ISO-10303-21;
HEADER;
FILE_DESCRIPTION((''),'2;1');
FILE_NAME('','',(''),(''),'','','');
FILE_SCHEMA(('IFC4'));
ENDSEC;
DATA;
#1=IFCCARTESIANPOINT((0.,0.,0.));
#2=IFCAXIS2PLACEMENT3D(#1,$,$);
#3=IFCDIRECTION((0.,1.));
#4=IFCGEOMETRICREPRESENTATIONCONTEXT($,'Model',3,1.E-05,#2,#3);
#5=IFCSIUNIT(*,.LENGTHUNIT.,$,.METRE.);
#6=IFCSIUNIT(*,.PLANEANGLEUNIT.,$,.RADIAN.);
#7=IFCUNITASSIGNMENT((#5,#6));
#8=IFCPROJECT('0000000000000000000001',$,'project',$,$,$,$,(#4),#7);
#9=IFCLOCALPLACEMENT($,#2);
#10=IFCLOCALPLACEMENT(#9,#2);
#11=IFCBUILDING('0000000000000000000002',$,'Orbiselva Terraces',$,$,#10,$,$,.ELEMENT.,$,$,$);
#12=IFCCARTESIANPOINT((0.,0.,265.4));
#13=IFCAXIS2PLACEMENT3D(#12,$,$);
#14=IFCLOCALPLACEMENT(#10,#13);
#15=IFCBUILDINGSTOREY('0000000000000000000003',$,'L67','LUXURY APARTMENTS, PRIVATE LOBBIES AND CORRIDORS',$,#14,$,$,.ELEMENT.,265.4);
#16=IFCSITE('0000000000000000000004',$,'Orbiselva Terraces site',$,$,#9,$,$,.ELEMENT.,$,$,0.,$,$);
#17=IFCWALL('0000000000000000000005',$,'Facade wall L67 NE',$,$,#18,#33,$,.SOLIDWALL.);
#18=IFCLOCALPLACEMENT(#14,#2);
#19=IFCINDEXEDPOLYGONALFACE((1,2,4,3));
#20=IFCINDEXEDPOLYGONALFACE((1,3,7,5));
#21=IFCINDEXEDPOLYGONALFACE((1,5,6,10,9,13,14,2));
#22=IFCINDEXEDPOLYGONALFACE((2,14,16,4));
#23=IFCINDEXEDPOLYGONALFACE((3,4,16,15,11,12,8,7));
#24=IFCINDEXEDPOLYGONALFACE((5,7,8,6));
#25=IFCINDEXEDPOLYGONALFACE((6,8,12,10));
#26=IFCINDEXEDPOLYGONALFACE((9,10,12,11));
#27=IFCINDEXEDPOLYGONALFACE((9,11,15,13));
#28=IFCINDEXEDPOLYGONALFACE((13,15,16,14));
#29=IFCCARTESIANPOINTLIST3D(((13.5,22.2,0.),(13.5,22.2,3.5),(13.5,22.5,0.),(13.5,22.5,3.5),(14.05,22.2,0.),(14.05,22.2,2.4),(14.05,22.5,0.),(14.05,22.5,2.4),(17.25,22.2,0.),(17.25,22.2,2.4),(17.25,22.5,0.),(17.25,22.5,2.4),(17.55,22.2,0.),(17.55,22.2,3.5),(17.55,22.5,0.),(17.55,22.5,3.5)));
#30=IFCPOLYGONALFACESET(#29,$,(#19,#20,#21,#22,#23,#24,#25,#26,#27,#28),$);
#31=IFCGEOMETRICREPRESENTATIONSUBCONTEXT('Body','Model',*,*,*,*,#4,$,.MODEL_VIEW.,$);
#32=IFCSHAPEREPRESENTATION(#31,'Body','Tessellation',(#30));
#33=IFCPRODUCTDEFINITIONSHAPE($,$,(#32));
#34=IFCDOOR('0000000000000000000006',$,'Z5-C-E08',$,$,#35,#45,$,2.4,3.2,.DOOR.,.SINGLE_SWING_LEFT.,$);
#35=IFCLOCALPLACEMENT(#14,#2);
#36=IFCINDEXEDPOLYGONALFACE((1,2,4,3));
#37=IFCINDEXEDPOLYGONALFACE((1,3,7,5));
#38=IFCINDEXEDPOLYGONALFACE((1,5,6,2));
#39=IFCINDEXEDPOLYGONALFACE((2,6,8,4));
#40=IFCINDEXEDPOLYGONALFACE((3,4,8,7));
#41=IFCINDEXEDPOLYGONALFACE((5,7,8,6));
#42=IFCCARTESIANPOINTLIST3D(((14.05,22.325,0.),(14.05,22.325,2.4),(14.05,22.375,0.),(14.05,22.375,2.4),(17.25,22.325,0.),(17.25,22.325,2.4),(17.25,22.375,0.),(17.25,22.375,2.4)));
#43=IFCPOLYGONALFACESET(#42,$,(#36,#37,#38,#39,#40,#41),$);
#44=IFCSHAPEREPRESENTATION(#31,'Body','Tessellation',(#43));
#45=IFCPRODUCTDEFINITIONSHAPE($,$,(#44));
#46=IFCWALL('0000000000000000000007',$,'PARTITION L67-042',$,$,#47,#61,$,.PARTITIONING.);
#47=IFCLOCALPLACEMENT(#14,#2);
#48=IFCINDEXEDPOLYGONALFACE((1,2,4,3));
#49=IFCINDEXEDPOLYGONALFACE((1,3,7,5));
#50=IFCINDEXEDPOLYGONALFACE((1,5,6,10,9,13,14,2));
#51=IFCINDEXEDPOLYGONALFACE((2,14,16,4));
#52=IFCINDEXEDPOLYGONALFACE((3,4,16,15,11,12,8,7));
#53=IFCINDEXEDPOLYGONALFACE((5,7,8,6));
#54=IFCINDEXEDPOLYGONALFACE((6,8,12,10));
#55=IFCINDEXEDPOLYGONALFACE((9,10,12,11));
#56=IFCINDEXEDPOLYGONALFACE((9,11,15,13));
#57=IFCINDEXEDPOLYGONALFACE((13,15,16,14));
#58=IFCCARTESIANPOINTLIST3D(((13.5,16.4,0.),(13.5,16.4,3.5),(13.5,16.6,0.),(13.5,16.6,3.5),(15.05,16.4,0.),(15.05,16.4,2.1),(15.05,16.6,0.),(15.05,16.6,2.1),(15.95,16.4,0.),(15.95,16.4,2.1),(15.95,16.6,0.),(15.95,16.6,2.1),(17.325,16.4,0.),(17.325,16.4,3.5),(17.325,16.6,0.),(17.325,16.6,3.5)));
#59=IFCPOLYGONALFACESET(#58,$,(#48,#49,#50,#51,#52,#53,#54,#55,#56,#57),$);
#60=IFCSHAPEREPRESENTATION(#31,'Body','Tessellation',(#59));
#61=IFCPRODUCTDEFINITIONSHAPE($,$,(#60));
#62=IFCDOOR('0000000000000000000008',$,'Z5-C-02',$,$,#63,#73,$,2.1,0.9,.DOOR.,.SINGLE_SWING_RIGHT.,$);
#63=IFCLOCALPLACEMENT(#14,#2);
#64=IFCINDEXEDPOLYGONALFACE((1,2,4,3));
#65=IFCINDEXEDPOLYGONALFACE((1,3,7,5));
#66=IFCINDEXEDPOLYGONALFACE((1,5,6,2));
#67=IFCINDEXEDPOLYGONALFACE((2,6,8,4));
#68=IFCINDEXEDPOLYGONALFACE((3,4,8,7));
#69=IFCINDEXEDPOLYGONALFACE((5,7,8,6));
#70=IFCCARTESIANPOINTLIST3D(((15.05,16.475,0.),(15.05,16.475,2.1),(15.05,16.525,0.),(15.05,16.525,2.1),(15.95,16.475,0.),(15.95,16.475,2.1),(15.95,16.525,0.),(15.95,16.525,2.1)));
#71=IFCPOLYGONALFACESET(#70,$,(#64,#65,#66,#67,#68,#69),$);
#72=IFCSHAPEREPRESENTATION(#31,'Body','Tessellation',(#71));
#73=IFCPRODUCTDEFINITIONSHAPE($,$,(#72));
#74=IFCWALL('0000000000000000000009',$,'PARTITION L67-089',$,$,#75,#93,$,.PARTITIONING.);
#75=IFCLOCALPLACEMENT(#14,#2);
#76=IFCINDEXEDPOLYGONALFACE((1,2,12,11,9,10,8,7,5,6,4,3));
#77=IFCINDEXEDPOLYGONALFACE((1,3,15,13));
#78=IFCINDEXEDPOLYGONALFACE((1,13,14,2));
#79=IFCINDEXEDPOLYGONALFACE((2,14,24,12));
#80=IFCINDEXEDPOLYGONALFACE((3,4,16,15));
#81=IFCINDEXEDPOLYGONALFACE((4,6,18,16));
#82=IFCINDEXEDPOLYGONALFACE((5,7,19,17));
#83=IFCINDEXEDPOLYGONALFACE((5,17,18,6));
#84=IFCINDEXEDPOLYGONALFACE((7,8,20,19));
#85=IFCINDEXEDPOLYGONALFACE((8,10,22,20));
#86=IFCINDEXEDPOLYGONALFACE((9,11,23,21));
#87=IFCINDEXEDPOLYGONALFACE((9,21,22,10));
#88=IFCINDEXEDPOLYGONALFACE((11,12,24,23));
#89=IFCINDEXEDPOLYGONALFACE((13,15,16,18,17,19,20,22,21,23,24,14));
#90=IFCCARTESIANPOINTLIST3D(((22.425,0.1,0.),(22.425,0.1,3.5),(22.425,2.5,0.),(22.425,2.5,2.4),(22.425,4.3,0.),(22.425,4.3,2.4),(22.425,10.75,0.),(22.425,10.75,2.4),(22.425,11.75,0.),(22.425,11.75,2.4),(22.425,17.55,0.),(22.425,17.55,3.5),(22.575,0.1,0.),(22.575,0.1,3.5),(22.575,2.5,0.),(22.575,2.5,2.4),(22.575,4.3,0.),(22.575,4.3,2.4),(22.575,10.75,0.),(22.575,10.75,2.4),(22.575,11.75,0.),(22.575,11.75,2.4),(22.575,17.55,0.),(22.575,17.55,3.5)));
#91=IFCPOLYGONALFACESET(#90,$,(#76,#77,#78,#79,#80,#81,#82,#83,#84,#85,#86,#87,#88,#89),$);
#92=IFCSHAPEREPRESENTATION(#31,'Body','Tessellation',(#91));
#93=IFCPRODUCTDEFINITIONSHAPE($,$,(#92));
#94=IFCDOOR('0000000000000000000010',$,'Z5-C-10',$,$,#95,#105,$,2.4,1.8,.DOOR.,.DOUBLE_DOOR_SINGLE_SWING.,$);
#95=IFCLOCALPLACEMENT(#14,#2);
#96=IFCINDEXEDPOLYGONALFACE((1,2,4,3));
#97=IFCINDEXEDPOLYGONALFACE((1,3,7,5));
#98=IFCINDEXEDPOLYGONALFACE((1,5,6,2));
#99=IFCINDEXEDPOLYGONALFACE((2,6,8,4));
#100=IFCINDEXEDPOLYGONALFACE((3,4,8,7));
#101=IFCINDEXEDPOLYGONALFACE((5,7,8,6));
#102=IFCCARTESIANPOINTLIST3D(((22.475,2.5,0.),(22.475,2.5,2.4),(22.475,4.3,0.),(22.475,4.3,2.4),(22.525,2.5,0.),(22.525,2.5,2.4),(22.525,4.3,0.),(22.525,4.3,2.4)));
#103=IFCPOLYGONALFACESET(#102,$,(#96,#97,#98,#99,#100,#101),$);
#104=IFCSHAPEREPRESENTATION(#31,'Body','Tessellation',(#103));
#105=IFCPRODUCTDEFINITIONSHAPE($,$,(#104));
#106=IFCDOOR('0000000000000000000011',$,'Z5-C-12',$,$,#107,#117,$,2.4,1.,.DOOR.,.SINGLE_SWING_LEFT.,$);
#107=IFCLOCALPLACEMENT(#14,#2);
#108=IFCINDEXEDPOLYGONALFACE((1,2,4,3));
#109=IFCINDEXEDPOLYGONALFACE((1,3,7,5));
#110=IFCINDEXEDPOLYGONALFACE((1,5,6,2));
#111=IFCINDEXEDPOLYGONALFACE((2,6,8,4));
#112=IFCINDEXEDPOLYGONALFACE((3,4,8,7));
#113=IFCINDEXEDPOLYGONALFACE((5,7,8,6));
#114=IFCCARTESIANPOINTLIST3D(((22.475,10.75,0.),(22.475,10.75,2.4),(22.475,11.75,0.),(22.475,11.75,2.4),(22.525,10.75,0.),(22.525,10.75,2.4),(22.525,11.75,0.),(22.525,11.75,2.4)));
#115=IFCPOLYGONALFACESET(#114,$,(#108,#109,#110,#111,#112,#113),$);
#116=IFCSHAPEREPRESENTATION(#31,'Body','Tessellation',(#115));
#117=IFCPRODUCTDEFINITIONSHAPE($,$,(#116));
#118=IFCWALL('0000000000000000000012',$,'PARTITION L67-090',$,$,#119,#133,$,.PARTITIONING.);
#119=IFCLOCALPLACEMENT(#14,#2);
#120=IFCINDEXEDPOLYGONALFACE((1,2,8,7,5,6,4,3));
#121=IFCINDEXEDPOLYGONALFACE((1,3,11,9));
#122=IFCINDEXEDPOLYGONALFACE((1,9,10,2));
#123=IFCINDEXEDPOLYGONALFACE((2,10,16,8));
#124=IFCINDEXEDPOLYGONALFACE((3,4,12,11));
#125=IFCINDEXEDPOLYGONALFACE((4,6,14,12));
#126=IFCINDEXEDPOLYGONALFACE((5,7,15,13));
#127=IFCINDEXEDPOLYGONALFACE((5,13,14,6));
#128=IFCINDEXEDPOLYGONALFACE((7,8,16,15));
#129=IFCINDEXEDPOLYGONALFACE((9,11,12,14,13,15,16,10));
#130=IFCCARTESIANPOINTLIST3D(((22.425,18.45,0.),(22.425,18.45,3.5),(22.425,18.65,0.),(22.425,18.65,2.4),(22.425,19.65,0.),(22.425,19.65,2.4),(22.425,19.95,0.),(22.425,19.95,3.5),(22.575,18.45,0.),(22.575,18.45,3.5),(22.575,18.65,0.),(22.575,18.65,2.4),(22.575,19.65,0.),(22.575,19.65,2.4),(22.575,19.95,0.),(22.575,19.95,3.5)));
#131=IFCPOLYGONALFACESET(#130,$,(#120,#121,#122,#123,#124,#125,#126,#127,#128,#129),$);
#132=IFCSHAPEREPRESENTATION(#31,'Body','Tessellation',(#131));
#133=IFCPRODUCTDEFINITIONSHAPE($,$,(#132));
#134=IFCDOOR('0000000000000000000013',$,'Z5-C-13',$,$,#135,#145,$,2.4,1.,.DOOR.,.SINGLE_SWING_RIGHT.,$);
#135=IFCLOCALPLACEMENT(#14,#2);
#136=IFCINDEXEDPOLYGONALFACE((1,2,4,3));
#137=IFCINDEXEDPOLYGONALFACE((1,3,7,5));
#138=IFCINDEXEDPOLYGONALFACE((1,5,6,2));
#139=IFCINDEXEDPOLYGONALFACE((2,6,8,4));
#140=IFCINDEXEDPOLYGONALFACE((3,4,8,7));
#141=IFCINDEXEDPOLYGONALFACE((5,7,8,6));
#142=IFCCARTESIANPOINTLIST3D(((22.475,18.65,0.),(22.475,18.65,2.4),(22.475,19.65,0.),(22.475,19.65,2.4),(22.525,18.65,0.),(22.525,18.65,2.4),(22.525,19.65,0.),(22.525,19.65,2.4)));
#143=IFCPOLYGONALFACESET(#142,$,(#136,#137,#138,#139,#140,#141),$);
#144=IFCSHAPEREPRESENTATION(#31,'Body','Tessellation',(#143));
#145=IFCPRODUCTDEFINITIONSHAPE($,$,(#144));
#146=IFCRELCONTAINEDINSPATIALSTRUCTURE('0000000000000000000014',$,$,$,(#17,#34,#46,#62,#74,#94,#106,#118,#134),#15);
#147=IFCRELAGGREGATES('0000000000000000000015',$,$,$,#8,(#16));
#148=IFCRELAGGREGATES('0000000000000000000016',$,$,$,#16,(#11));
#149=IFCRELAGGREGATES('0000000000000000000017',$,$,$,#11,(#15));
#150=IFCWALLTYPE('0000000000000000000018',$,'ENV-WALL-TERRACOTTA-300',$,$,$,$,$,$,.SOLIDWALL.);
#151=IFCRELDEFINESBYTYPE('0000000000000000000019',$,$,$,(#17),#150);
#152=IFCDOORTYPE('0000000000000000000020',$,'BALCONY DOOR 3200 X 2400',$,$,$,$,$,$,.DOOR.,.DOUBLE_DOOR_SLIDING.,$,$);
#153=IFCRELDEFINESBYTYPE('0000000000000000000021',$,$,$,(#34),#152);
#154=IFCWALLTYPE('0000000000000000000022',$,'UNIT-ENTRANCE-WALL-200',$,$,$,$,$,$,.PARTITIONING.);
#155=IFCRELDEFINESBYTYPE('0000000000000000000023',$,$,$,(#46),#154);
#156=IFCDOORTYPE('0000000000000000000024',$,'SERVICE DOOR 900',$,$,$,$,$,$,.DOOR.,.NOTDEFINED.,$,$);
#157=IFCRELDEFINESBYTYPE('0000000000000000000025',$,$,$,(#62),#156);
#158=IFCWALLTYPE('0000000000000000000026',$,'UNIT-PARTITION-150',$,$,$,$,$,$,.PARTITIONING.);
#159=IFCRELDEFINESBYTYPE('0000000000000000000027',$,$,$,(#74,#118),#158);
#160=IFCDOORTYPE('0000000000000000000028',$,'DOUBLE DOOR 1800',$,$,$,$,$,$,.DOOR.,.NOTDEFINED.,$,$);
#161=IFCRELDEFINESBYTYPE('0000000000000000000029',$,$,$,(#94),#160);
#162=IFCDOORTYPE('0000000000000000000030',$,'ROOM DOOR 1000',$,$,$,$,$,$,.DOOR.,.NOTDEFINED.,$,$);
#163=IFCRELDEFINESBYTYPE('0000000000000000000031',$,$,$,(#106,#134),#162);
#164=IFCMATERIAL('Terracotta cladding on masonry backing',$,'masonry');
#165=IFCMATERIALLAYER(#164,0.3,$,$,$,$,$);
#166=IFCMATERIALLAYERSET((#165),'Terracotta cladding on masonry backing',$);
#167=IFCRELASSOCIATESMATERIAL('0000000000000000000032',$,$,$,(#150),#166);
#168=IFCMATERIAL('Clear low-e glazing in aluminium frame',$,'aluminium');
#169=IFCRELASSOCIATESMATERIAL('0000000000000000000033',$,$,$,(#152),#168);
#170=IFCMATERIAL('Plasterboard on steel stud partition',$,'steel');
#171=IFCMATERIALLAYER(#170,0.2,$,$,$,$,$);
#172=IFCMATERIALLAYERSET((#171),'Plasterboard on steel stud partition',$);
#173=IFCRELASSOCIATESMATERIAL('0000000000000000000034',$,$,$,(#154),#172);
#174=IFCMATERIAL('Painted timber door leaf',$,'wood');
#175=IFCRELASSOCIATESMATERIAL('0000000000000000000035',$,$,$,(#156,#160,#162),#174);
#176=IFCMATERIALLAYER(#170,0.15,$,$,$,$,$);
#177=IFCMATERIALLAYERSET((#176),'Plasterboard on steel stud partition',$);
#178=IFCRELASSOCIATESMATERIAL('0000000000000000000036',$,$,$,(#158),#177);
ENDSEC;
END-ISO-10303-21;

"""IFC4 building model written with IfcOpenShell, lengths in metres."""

from ifc_helpers import new_model, si_unit, direction, frame, frame_2d, origin, place, context, subcontext, project, spatial, rectangle, extrude, material, layer, layer_set, type_object, element, fill, save


model = new_model("IFC4")

# Units and contexts
model_context = context("Model", 3, precision=1e-05, world=origin(), true_north=direction((0.0, 1.0)))
body_context = subcontext(model_context, "Body", "Model", "MODEL_VIEW")
ifc_project = project(units=[si_unit("LENGTHUNIT", "METRE"), si_unit("PLANEANGLEUNIT", "RADIAN")], contexts=[model_context])

# Site, building, storey
site_placement = place(None, origin())
site = spatial("IfcSite", under=ifc_project, at=site_placement, Name="Orbiselva Terraces site", CompositionType="ELEMENT", RefElevation=0.0)
building_placement = place(site_placement, origin())
building = spatial("IfcBuilding", under=site, at=building_placement, Name="Orbiselva Terraces", CompositionType="ELEMENT")
storey_placement = place(building_placement, frame((0.0, 0.0, 265.4)))
storey = spatial("IfcBuildingStorey", under=building, at=storey_placement, Name="L67", Description="LUXURY APARTMENTS, PRIVATE LOBBIES AND CORRIDORS", CompositionType="ELEMENT", Elevation=265.4)

# Shared definitions
ifc_material_1 = material(Name="Terracotta cladding on masonry backing", Category="masonry")
ifc_layer_1 = layer(ifc_material_1, 0.3)
ifc_layer_set_1 = layer_set([ifc_layer_1], Name="Terracotta cladding on masonry backing")
wall_type_1 = type_object("IfcWallType", Name="ENV-WALL-TERRACOTTA-300", PredefinedType="SOLIDWALL", material=ifc_layer_set_1)
ifc_material_2 = material(Name="Clear low-e glazing in aluminium frame", Category="aluminium")

# Walls, openings, doors
wall_1_placement = place(storey_placement, frame((13.5, 22.35, 0.0), z_axis=(0.0, 0.0, 1.0), x_axis=(1.0, 0.0, 0.0)))
wall_1 = element("IfcWall", 1, at=wall_1_placement, inside=storey, type_object=wall_type_1, Name="Facade wall L67 NE", PredefinedType="SOLIDWALL", context=body_context, shape_type="SweptSolid", body=[
    extrude(rectangle(XDim=4.05, YDim=0.3, at=frame_2d((2.025, 0.0))), origin(), (0.0, 0.0, 1.0), 3.5),
])
opening_1_placement = place(wall_1_placement, frame((0.55, 0.0, 0.0)))
opening_1 = element("IfcOpeningElement", 2, at=opening_1_placement, cuts=wall_1, PredefinedType="OPENING", context=body_context, shape_type="SweptSolid", body=[
    extrude(rectangle(XDim=3.2, YDim=2.4, at=frame_2d((1.6, 1.2))), frame((0.0, 0.16, 0.0), z_axis=(0.0, -1.0, 0.0), x_axis=(1.0, 0.0, 0.0)), (0.0, 0.0, 1.0), 0.32),
])
door_type_1 = type_object("IfcDoorType", Name="BALCONY DOOR 3200 X 2400", OperationType="DOUBLE_DOOR_SLIDING", PredefinedType="DOOR", material=ifc_material_2)
door_1_placement = place(opening_1_placement, origin())
door_1 = element("IfcDoor", 3, at=door_1_placement, inside=storey, type_object=door_type_1, Name="Z5-C-E08", OperationType="SINGLE_SWING_LEFT", OverallHeight=2.4, OverallWidth=3.2, PredefinedType="DOOR", context=body_context, shape_type="SweptSolid", body=[
    extrude(rectangle(XDim=3.2, YDim=2.4, at=frame_2d((1.6, 1.2))), frame((0.0, 0.025, 0.0), z_axis=(0.0, -1.0, 0.0), x_axis=(1.0, 0.0, 0.0)), (0.0, 0.0, 1.0), 0.05),
])
fill(opening_1, door_1)
ifc_material_3 = material(Name="Plasterboard on steel stud partition", Category="steel")
ifc_layer_2 = layer(ifc_material_3, 0.2)
ifc_layer_set_2 = layer_set([ifc_layer_2], Name="Plasterboard on steel stud partition")
wall_type_2 = type_object("IfcWallType", Name="UNIT-ENTRANCE-WALL-200", PredefinedType="PARTITIONING", material=ifc_layer_set_2)
wall_2_placement = place(storey_placement, frame((13.5, 16.5, 0.0), z_axis=(0.0, 0.0, 1.0), x_axis=(1.0, 0.0, 0.0)))
wall_2 = element("IfcWall", 4, at=wall_2_placement, inside=storey, type_object=wall_type_2, Name="PARTITION L67-042", PredefinedType="PARTITIONING", context=body_context, shape_type="SweptSolid", body=[
    extrude(rectangle(XDim=3.825, YDim=0.2, at=frame_2d((1.9125, 0.0))), origin(), (0.0, 0.0, 1.0), 3.5),
])
opening_2_placement = place(wall_2_placement, frame((1.55, 0.0, 0.0)))
opening_2 = element("IfcOpeningElement", 5, at=opening_2_placement, cuts=wall_2, PredefinedType="OPENING", context=body_context, shape_type="SweptSolid", body=[
    extrude(rectangle(XDim=0.9, YDim=2.1, at=frame_2d((0.45, 1.05))), frame((0.0, 0.11, 0.0), z_axis=(0.0, -1.0, 0.0), x_axis=(1.0, 0.0, 0.0)), (0.0, 0.0, 1.0), 0.22),
])
ifc_material_4 = material(Name="Painted timber door leaf", Category="wood")
door_type_2 = type_object("IfcDoorType", Name="SERVICE DOOR 900", OperationType="NOTDEFINED", PredefinedType="DOOR", material=ifc_material_4)
door_2_placement = place(opening_2_placement, origin())
door_2 = element("IfcDoor", 6, at=door_2_placement, inside=storey, type_object=door_type_2, Name="Z5-C-02", OperationType="SINGLE_SWING_RIGHT", OverallHeight=2.1, OverallWidth=0.9, PredefinedType="DOOR", context=body_context, shape_type="SweptSolid", body=[
    extrude(rectangle(XDim=0.9, YDim=2.1, at=frame_2d((0.45, 1.05))), frame((0.0, 0.025, 0.0), z_axis=(0.0, -1.0, 0.0), x_axis=(1.0, 0.0, 0.0)), (0.0, 0.0, 1.0), 0.05),
])
fill(opening_2, door_2)

# Wall, openings, doors
ifc_layer_3 = layer(ifc_material_3, 0.15)
ifc_layer_set_3 = layer_set([ifc_layer_3], Name="Plasterboard on steel stud partition")
wall_type_3 = type_object("IfcWallType", Name="UNIT-PARTITION-150", PredefinedType="PARTITIONING", material=ifc_layer_set_3)
wall_3_placement = place(storey_placement, frame((22.5, 17.55, 0.0), z_axis=(0.0, 0.0, 1.0), x_axis=(0.0, -1.0, 0.0)))
wall_3 = element("IfcWall", 7, at=wall_3_placement, inside=storey, type_object=wall_type_3, Name="PARTITION L67-089", PredefinedType="PARTITIONING", context=body_context, shape_type="SweptSolid", body=[
    extrude(rectangle(XDim=17.45, YDim=0.15, at=frame_2d((8.725, 0.0))), origin(), (0.0, 0.0, 1.0), 3.5),
])
opening_3_placement = place(wall_3_placement, frame((13.25, 0.0, 0.0)))
opening_3 = element("IfcOpeningElement", 8, at=opening_3_placement, cuts=wall_3, PredefinedType="OPENING", context=body_context, shape_type="SweptSolid", body=[
    extrude(rectangle(XDim=1.8, YDim=2.4, at=frame_2d((0.9, 1.2))), frame((0.0, 0.085, 0.0), z_axis=(0.0, -1.0, 0.0), x_axis=(1.0, 0.0, 0.0)), (0.0, 0.0, 1.0), 0.17),
])
opening_4_placement = place(wall_3_placement, frame((5.8, 0.0, 0.0)))
opening_4 = element("IfcOpeningElement", 9, at=opening_4_placement, cuts=wall_3, PredefinedType="OPENING", context=body_context, shape_type="SweptSolid", body=[
    extrude(rectangle(XDim=1.0, YDim=2.4, at=frame_2d((0.5, 1.2))), frame((0.0, 0.085, 0.0), z_axis=(0.0, -1.0, 0.0), x_axis=(1.0, 0.0, 0.0)), (0.0, 0.0, 1.0), 0.17),
])
door_type_3 = type_object("IfcDoorType", Name="DOUBLE DOOR 1800", OperationType="NOTDEFINED", PredefinedType="DOOR", material=ifc_material_4)
door_3_placement = place(opening_3_placement, origin())
door_3 = element("IfcDoor", 10, at=door_3_placement, inside=storey, type_object=door_type_3, Name="Z5-C-10", OperationType="DOUBLE_DOOR_SINGLE_SWING", OverallHeight=2.4, OverallWidth=1.8, PredefinedType="DOOR", context=body_context, shape_type="SweptSolid", body=[
    extrude(rectangle(XDim=1.8, YDim=2.4, at=frame_2d((0.9, 1.2))), frame((0.0, 0.025, 0.0), z_axis=(0.0, -1.0, 0.0), x_axis=(1.0, 0.0, 0.0)), (0.0, 0.0, 1.0), 0.05),
])
fill(opening_3, door_3)
door_type_4 = type_object("IfcDoorType", Name="ROOM DOOR 1000", OperationType="NOTDEFINED", PredefinedType="DOOR", material=ifc_material_4)
door_4_placement = place(opening_4_placement, origin())
door_4 = element("IfcDoor", 11, at=door_4_placement, inside=storey, type_object=door_type_4, Name="Z5-C-12", OperationType="SINGLE_SWING_LEFT", OverallHeight=2.4, OverallWidth=1.0, PredefinedType="DOOR", context=body_context, shape_type="SweptSolid", body=[
    extrude(rectangle(XDim=1.0, YDim=2.4, at=frame_2d((0.5, 1.2))), frame((0.0, 0.025, 0.0), z_axis=(0.0, -1.0, 0.0), x_axis=(1.0, 0.0, 0.0)), (0.0, 0.0, 1.0), 0.05),
])
fill(opening_4, door_4)

# Wall, opening, door
wall_4_placement = place(storey_placement, frame((22.5, 19.95, 0.0), z_axis=(0.0, 0.0, 1.0), x_axis=(0.0, -1.0, 0.0)))
wall_4 = element("IfcWall", 12, at=wall_4_placement, inside=storey, type_object=wall_type_3, Name="PARTITION L67-090", PredefinedType="PARTITIONING", context=body_context, shape_type="SweptSolid", body=[
    extrude(rectangle(XDim=1.5, YDim=0.15, at=frame_2d((0.75, 0.0))), origin(), (0.0, 0.0, 1.0), 3.5),
])
opening_5_placement = place(wall_4_placement, frame((0.3, 0.0, 0.0)))
opening_5 = element("IfcOpeningElement", 13, at=opening_5_placement, cuts=wall_4, PredefinedType="OPENING", context=body_context, shape_type="SweptSolid", body=[
    extrude(rectangle(XDim=1.0, YDim=2.4, at=frame_2d((0.5, 1.2))), frame((0.0, 0.085, 0.0), z_axis=(0.0, -1.0, 0.0), x_axis=(1.0, 0.0, 0.0)), (0.0, 0.0, 1.0), 0.17),
])
door_5_placement = place(opening_5_placement, origin())
door_5 = element("IfcDoor", 14, at=door_5_placement, inside=storey, type_object=door_type_4, Name="Z5-C-13", OperationType="SINGLE_SWING_RIGHT", OverallHeight=2.4, OverallWidth=1.0, PredefinedType="DOOR", context=body_context, shape_type="SweptSolid", body=[
    extrude(rectangle(XDim=1.0, YDim=2.4, at=frame_2d((0.5, 1.2))), frame((0.0, 0.025, 0.0), z_axis=(0.0, -1.0, 0.0), x_axis=(1.0, 0.0, 0.0)), (0.0, 0.0, 1.0), 0.05),
])
fill(opening_5, door_5)

save(model, "model.ifc")
